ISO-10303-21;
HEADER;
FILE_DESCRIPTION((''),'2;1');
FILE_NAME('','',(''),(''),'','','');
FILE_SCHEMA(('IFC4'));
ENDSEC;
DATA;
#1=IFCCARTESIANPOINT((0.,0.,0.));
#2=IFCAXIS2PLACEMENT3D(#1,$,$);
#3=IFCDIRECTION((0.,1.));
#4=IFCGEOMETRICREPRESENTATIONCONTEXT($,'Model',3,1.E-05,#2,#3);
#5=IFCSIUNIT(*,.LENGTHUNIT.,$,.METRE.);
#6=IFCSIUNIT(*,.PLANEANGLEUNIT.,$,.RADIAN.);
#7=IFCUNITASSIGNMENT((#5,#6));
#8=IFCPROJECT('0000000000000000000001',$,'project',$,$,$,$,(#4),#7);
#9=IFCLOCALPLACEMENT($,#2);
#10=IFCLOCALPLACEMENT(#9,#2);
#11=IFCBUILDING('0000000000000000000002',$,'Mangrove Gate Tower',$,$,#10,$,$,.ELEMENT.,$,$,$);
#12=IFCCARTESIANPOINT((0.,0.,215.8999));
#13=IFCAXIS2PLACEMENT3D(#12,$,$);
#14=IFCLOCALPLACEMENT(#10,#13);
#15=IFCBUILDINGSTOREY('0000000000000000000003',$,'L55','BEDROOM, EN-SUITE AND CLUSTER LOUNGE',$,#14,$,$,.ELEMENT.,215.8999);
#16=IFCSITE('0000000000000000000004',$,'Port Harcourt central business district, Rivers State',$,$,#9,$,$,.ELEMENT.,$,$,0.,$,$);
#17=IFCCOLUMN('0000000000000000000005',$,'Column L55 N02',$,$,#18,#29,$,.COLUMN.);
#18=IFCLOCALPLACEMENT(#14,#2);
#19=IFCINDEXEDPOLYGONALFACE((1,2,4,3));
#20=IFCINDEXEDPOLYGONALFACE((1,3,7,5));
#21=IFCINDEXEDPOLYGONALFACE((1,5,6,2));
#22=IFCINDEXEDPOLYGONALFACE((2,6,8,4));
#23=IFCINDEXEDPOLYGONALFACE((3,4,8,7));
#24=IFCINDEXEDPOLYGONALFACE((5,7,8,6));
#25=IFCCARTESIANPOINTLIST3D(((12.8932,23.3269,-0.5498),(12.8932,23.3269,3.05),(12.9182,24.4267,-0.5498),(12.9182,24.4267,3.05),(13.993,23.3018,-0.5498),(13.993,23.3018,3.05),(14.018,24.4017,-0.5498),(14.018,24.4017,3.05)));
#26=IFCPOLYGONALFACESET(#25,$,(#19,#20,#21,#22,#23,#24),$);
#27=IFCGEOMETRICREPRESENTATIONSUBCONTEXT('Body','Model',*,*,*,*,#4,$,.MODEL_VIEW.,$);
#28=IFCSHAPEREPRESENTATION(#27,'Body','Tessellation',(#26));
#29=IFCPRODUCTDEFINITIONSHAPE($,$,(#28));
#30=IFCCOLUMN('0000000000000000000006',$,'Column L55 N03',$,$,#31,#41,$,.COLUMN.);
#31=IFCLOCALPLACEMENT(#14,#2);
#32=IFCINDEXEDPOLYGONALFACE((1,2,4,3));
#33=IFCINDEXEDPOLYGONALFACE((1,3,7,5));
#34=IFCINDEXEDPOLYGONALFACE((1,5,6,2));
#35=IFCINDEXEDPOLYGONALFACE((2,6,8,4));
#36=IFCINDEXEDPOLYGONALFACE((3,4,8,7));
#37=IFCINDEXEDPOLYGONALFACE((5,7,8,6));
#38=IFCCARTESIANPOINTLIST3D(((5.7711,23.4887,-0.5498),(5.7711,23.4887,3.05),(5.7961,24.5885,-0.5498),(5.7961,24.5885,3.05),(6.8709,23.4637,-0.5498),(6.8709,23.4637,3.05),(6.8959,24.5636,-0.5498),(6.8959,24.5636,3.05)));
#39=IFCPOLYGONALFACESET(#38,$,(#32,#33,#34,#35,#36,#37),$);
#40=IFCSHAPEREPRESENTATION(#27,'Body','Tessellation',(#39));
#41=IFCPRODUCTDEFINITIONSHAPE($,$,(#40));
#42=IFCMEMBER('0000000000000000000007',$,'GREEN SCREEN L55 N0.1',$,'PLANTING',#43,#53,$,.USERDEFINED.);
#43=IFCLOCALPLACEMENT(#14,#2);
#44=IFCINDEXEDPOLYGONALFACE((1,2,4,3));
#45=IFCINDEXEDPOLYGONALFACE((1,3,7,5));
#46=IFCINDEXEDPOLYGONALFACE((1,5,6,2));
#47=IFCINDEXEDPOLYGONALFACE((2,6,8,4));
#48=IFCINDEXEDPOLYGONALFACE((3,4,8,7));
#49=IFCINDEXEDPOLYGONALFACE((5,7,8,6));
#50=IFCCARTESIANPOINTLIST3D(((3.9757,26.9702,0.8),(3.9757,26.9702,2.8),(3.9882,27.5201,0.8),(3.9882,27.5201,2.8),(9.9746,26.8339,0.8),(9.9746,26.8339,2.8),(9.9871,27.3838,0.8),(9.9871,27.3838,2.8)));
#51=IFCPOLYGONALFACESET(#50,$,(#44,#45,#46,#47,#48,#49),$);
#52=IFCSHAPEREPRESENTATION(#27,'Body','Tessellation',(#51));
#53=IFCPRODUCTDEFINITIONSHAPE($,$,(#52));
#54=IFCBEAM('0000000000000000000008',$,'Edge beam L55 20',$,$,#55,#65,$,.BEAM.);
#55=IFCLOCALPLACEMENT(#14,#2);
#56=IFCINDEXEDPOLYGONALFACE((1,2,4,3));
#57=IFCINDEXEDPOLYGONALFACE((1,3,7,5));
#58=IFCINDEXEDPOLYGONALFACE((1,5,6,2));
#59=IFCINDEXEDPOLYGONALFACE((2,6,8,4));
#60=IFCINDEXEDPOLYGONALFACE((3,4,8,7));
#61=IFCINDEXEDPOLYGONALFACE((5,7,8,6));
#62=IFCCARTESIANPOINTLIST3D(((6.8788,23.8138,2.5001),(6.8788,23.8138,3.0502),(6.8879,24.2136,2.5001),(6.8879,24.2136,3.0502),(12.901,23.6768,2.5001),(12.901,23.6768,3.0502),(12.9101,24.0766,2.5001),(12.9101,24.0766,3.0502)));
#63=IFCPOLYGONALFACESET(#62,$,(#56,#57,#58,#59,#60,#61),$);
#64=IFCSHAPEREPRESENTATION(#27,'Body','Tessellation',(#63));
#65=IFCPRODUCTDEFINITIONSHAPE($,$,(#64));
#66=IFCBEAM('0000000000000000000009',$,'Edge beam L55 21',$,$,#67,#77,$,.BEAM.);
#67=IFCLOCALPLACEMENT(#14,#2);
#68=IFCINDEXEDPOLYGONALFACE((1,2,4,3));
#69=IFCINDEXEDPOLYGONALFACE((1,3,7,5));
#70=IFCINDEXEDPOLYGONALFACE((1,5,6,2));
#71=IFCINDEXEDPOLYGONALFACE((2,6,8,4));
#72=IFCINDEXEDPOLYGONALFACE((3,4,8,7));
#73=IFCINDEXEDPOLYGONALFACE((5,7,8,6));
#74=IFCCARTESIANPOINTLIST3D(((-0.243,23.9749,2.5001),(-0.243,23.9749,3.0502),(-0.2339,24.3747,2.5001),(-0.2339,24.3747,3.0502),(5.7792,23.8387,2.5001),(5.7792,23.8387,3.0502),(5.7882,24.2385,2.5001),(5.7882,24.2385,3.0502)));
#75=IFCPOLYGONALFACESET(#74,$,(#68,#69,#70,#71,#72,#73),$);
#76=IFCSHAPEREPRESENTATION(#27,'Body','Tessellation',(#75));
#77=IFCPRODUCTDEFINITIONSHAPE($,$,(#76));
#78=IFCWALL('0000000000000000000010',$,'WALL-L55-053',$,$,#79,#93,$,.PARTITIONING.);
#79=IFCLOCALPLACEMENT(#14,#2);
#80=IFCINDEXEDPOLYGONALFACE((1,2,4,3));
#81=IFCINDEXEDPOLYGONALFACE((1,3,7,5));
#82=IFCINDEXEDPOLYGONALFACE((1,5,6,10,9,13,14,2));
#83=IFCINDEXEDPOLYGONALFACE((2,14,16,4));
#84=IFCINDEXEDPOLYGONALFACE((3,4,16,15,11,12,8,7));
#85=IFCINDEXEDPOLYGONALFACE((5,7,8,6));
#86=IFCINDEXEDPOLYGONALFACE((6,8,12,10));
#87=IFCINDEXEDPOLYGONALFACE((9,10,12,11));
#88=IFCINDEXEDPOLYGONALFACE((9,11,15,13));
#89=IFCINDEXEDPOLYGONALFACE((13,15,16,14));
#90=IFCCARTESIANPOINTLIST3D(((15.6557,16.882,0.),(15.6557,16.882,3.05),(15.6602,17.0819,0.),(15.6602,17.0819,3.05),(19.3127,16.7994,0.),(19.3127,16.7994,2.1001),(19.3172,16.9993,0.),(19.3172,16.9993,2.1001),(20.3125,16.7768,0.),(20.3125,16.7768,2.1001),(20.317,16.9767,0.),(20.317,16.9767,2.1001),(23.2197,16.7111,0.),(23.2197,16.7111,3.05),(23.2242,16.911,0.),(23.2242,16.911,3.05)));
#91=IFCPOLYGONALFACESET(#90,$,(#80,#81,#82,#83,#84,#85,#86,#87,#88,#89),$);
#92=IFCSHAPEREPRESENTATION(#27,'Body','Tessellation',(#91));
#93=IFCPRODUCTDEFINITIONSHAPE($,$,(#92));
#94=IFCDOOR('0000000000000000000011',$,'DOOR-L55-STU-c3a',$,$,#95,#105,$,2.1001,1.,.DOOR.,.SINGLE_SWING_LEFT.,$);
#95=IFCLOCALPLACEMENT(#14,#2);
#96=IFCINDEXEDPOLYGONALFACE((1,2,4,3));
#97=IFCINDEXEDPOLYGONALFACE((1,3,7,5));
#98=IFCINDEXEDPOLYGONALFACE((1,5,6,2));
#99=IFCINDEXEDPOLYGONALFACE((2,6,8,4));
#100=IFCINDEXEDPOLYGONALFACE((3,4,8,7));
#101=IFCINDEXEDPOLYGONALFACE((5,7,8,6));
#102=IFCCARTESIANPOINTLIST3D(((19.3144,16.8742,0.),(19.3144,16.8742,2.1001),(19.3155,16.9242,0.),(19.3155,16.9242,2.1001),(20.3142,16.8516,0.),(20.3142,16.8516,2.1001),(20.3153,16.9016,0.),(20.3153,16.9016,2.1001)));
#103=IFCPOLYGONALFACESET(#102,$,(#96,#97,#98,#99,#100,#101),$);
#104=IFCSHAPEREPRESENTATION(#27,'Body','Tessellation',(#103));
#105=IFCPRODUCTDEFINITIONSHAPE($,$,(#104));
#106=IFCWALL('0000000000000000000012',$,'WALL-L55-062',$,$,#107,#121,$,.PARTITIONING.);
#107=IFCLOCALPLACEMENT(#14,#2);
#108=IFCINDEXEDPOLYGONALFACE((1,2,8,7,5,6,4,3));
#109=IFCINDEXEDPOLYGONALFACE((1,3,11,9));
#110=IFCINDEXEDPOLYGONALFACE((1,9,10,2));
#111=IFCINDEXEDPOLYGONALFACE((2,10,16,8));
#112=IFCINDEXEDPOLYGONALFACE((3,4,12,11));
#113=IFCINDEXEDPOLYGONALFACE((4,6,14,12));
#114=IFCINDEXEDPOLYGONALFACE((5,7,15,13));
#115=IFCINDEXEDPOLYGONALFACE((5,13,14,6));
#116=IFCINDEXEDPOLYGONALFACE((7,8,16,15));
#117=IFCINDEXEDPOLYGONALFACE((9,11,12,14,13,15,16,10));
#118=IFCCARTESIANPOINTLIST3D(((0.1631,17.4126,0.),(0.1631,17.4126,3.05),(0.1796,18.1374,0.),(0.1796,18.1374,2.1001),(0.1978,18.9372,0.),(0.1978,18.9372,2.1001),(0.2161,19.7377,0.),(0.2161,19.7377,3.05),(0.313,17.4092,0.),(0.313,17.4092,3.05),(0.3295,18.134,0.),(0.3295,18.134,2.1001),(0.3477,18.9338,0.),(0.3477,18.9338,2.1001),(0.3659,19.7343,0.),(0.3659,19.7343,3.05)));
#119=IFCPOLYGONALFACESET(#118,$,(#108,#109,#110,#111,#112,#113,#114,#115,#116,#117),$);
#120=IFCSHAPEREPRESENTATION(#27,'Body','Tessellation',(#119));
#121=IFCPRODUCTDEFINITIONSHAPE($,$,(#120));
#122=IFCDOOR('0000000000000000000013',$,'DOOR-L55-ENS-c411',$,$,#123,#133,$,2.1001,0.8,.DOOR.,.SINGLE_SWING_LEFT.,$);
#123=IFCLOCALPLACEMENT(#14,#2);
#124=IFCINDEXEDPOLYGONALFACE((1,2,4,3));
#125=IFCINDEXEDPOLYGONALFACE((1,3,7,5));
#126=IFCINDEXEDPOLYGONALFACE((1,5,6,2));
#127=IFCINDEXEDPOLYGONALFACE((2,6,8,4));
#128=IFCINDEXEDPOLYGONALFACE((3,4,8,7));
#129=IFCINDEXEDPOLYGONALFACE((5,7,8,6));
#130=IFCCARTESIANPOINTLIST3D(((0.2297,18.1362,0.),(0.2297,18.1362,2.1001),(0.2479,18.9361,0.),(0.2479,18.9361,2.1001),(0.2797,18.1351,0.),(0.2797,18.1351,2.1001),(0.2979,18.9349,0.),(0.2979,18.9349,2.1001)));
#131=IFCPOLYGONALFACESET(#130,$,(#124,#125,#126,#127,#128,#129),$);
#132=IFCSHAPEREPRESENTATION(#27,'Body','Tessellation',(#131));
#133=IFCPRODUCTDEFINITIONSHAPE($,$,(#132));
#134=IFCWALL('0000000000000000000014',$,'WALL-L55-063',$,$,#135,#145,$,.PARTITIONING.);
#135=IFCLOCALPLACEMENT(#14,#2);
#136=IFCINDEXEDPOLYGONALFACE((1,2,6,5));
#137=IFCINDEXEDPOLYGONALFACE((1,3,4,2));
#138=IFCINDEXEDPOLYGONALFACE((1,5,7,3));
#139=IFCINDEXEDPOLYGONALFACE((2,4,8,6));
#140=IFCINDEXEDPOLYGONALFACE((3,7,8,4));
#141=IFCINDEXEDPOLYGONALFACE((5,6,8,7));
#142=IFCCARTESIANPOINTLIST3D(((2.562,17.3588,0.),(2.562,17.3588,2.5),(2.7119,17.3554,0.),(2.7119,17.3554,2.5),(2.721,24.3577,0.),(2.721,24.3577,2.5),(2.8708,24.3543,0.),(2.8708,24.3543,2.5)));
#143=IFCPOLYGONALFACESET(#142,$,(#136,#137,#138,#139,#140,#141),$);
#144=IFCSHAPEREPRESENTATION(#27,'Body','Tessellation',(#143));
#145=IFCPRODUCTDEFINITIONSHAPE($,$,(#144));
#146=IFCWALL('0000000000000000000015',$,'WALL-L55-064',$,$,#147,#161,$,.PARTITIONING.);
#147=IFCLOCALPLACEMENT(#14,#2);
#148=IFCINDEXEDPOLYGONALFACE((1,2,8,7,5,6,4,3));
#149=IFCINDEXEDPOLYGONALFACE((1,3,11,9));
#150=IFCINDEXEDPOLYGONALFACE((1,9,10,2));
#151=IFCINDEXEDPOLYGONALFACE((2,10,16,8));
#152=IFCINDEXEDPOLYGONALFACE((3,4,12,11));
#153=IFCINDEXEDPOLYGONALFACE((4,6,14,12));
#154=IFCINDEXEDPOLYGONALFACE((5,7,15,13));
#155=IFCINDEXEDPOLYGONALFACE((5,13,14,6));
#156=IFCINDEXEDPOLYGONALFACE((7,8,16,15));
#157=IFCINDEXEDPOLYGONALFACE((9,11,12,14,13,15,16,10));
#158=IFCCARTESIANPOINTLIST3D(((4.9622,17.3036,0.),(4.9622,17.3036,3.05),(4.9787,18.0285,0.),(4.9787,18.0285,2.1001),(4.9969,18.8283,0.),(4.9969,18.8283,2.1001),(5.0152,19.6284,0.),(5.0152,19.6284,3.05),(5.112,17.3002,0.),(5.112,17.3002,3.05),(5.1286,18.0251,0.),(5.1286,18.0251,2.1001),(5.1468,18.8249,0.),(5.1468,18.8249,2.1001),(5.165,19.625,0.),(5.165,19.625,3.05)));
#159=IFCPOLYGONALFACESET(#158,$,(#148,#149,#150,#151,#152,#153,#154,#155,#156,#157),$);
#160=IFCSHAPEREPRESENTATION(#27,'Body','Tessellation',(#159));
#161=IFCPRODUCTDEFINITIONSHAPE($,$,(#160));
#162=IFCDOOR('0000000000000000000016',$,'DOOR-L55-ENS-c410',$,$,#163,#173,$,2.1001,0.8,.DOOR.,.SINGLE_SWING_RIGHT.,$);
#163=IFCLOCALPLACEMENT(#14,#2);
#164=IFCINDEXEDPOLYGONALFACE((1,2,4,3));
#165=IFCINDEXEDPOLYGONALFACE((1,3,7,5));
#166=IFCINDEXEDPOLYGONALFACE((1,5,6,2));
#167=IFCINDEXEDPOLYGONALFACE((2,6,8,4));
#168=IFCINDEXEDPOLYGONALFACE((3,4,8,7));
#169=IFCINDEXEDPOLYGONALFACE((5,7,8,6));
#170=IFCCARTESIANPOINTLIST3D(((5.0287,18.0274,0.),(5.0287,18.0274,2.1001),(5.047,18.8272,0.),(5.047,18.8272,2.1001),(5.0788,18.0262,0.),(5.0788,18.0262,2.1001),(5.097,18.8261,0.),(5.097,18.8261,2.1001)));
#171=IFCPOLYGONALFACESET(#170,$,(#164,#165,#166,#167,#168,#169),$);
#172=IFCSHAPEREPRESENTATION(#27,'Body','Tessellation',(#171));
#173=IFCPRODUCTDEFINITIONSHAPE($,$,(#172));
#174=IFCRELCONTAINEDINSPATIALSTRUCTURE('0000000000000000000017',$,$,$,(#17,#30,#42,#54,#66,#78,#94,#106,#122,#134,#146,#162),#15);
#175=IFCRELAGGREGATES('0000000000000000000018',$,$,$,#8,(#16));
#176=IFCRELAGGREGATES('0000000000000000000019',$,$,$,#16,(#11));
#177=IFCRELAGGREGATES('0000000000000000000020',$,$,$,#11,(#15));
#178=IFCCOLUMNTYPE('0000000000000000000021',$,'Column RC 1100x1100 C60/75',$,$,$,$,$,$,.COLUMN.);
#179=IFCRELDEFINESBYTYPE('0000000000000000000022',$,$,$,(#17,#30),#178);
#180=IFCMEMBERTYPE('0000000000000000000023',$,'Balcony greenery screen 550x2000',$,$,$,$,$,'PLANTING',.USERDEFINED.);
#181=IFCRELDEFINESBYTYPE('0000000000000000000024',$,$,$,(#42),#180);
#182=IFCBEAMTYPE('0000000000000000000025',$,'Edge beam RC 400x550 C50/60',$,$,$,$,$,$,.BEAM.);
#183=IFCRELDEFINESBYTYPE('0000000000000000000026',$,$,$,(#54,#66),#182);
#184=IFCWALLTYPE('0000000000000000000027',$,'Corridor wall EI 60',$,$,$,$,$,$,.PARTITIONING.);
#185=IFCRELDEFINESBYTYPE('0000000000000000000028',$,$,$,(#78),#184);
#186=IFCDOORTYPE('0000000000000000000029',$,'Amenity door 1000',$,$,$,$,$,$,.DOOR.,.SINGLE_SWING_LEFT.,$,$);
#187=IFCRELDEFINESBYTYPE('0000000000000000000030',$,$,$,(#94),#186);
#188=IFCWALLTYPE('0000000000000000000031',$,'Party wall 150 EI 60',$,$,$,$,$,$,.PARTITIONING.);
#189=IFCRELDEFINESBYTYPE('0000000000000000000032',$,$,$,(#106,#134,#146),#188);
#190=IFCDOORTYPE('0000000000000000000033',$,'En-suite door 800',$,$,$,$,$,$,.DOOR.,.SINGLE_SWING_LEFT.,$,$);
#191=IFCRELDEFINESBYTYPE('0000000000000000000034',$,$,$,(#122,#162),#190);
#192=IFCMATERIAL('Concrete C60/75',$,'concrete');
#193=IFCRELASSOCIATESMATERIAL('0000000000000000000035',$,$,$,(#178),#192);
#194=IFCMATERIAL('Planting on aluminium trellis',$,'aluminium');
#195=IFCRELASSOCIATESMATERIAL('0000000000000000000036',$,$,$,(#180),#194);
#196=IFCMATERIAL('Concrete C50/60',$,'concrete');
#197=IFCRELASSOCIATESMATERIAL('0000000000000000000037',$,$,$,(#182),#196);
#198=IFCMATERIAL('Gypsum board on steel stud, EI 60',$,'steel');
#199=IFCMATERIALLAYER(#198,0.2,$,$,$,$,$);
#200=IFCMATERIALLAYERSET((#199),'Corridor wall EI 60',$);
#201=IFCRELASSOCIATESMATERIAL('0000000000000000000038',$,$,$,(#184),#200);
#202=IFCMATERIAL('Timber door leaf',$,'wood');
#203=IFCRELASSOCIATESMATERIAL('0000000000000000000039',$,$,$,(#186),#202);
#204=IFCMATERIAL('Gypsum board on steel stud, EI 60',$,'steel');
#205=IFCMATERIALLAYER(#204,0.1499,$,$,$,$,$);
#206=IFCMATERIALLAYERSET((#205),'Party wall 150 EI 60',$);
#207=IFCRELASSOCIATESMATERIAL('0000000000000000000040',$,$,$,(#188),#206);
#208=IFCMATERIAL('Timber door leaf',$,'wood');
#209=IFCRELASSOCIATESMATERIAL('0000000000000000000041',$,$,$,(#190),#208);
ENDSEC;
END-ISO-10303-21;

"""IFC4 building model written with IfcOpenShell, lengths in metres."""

from ifc_helpers import new_model, si_unit, direction, frame, frame_2d, origin, origin_2d, place, context, subcontext, project, spatial, rectangle, extrude, material, layer, layer_set, material_profile, profile_set, type_object, element, fill, save


model = new_model("IFC4")

# Units and contexts
model_context = context("Model", 3, precision=1e-05, world=origin(), true_north=direction((0.0, 1.0)))
body_context = subcontext(model_context, "Body", "Model", "MODEL_VIEW")
ifc_project = project(units=[si_unit("LENGTHUNIT", "METRE"), si_unit("PLANEANGLEUNIT", "RADIAN")], contexts=[model_context])

# Site, building, storey
site_placement = place(None, origin())
site = spatial("IfcSite", under=ifc_project, at=site_placement, Name="Port Harcourt central business district, Rivers State", CompositionType="ELEMENT", RefElevation=0.0)
building_placement = place(site_placement, origin())
building = spatial("IfcBuilding", under=site, at=building_placement, Name="Mangrove Gate Tower", CompositionType="ELEMENT")
storey_placement = place(building_placement, frame((0.0, 0.0, 215.8999)))
storey = spatial("IfcBuildingStorey", under=building, at=storey_placement, Name="L55", Description="BEDROOM, EN-SUITE AND CLUSTER LOUNGE", CompositionType="ELEMENT", Elevation=215.8999)

# Columns
ifc_material_1 = material(Name="Concrete C60/75", Category="concrete")
ifc_material_profile_1 = material_profile(ifc_material_1, rectangle(XDim=1.1001, YDim=1.1001, at=origin_2d()))
ifc_profile_set_1 = profile_set([ifc_material_profile_1], Name="Concrete C60/75")
column_type = type_object("IfcColumnType", Name="Column RC 1100x1100 C60/75", PredefinedType="COLUMN", material=ifc_profile_set_1)
for number, where, z_axis, x_axis, name in (
    (1, (13.4556, 23.8643, -0.5498), (0.0, 0.0, 1.0), (-0.999741, 0.022741, 0.0), "Column L55 N02"),
    (2, (6.3335, 24.0261, -0.5498), (0.0, 0.0, 1.0), (-0.999743, 0.02267, 0.0), "Column L55 N03"),
):
    element("IfcColumn", number, at=place(storey_placement, frame(where, z_axis=z_axis, x_axis=x_axis)), inside=storey, type_object=column_type, Name=name, PredefinedType="COLUMN", context=body_context, shape_type="SweptSolid", body=[
        extrude(rectangle(XDim=1.1001, YDim=1.1001, at=origin_2d()), origin(), (0.0, 0.0, 1.0), 3.5999),
    ])

# Member
ifc_material_2 = material(Name="Planting on aluminium trellis", Category="aluminium")
ifc_material_profile_2 = material_profile(ifc_material_2, rectangle(XDim=0.55, YDim=2.0, at=origin_2d()))
ifc_profile_set_2 = profile_set([ifc_material_profile_2], Name="Planting on aluminium trellis")
member_type = type_object("IfcMemberType", Name="Balcony greenery screen 550x2000", ElementType="PLANTING", PredefinedType="USERDEFINED", material=ifc_profile_set_2)
member_placement = place(storey_placement, frame((3.9819, 27.2451, 1.8), z_axis=(0.999742, -0.022703, 0.0), x_axis=(0.022703, 0.999742, 0.0)))
element("IfcMember", 3, at=member_placement, inside=storey, type_object=member_type, Name="GREEN SCREEN L55 N0.1", ObjectType="PLANTING", PredefinedType="USERDEFINED", context=body_context, shape_type="SweptSolid", body=[
    extrude(rectangle(XDim=0.55, YDim=2.0, at=origin_2d()), origin(), (0.0, 0.0, 1.0), 6.0005),
])

# Beams
ifc_material_3 = material(Name="Concrete C50/60", Category="concrete")
ifc_material_profile_3 = material_profile(ifc_material_3, rectangle(XDim=0.3999, YDim=0.55, at=origin_2d()))
ifc_profile_set_3 = profile_set([ifc_material_profile_3], Name="Concrete C50/60")
beam_type = type_object("IfcBeamType", Name="Edge beam RC 400x550 C50/60", PredefinedType="BEAM", material=ifc_profile_set_3)
for number, where, z_axis, x_axis, name in (
    (4, (12.9055, 23.8767, 2.7751), (-0.999741, 0.022737, 0.0), (-0.022737, -0.999741, 0.0), "Edge beam L55 20"),
    (5, (5.7837, 24.0386, 2.7751), (-0.999744, 0.022616, 0.0), (-0.022616, -0.999744, 0.0), "Edge beam L55 21"),
):
    element("IfcBeam", number, at=place(storey_placement, frame(where, z_axis=z_axis, x_axis=x_axis)), inside=storey, type_object=beam_type, Name=name, PredefinedType="BEAM", context=body_context, shape_type="SweptSolid", body=[
        extrude(rectangle(XDim=0.3999, YDim=0.55, at=origin_2d()), origin(), (0.0, 0.0, 1.0), 6.0237),
    ])

# Walls, openings, doors
ifc_material_4 = material(Name="Gypsum board on steel stud, EI 60", Category="steel")
ifc_layer_1 = layer(ifc_material_4, 0.2)
ifc_layer_set_1 = layer_set([ifc_layer_1], Name="Corridor wall EI 60")
wall_type_1 = type_object("IfcWallType", Name="Corridor wall EI 60", PredefinedType="PARTITIONING", material=ifc_layer_set_1)
wall_1_placement = place(storey_placement, frame((15.658, 16.9819, 0.0), z_axis=(0.0, 0.0, 1.0), x_axis=(0.999745, -0.022588, 0.0)))
wall_1 = element("IfcWall", 6, at=wall_1_placement, inside=storey, type_object=wall_type_1, Name="WALL-L55-053", PredefinedType="PARTITIONING", context=body_context, shape_type="SweptSolid", body=[
    extrude(rectangle(XDim=7.5659, YDim=0.2, at=frame_2d((3.783, 0.0))), origin(), (0.0, 0.0, 1.0), 3.05),
])
opening_1_placement = place(wall_1_placement, frame((3.658, 0.0, 0.0)))
opening_1 = element("IfcOpeningElement", 7, at=opening_1_placement, cuts=wall_1, PredefinedType="OPENING", context=body_context, shape_type="SweptSolid", body=[
    extrude(rectangle(XDim=1.0, YDim=2.1001, at=frame_2d((0.5, 1.05))), frame((0.0, 0.1099, 0.0), z_axis=(0.0, -1.0, 0.0), x_axis=(1.0, 0.0, 0.0)), (0.0, 0.0, 1.0), 0.22),
])
ifc_material_5 = material(Name="Timber door leaf", Category="wood")
door_type_1 = type_object("IfcDoorType", Name="Amenity door 1000", OperationType="SINGLE_SWING_LEFT", PredefinedType="DOOR", material=ifc_material_5)
door_1_placement = place(opening_1_placement, origin())
door_1 = element("IfcDoor", 8, at=door_1_placement, inside=storey, type_object=door_type_1, Name="DOOR-L55-STU-c3a", OperationType="SINGLE_SWING_LEFT", OverallHeight=2.1001, OverallWidth=1.0, PredefinedType="DOOR", context=body_context, shape_type="SweptSolid", body=[
    extrude(rectangle(XDim=1.0, YDim=2.1001, at=frame_2d((0.5, 1.05))), frame((0.0, 0.0249, 0.0), z_axis=(0.0, -1.0, 0.0), x_axis=(1.0, 0.0, 0.0)), (0.0, 0.0, 1.0), 0.05),
])
fill(opening_1, door_1)
ifc_material_6 = material(Name="Gypsum board on steel stud, EI 60", Category="steel")
ifc_layer_2 = layer(ifc_material_6, 0.1499)
ifc_layer_set_2 = layer_set([ifc_layer_2], Name="Party wall 150 EI 60")
wall_type_2 = type_object("IfcWallType", Name="Party wall 150 EI 60", PredefinedType="PARTITIONING", material=ifc_layer_set_2)
wall_2_placement = place(storey_placement, frame((0.238, 17.4109, 0.0), z_axis=(0.0, 0.0, 1.0), x_axis=(0.022779, 0.999741, 0.0)))
wall_2 = element("IfcWall", 9, at=wall_2_placement, inside=storey, type_object=wall_type_2, Name="WALL-L55-062", PredefinedType="PARTITIONING", context=body_context, shape_type="SweptSolid", body=[
    extrude(rectangle(XDim=2.3257, YDim=0.1499, at=frame_2d((1.1628, 0.0))), origin(), (0.0, 0.0, 1.0), 3.05),
])
opening_2_placement = place(wall_2_placement, frame((0.7251, 0.0, 0.0)))
opening_2 = element("IfcOpeningElement", 10, at=opening_2_placement, cuts=wall_2, PredefinedType="OPENING", context=body_context, shape_type="SweptSolid", body=[
    extrude(rectangle(XDim=0.8, YDim=2.1001, at=frame_2d((0.3999, 1.05))), frame((0.0, 0.085, 0.0), z_axis=(0.0, -1.0, 0.0), x_axis=(1.0, 0.0, 0.0)), (0.0, 0.0, 1.0), 0.1699),
])
ifc_material_7 = material(Name="Timber door leaf", Category="wood")
door_type_2 = type_object("IfcDoorType", Name="En-suite door 800", OperationType="SINGLE_SWING_LEFT", PredefinedType="DOOR", material=ifc_material_7)
door_2_placement = place(opening_2_placement, origin())
door_2 = element("IfcDoor", 11, at=door_2_placement, inside=storey, type_object=door_type_2, Name="DOOR-L55-ENS-c411", OperationType="SINGLE_SWING_LEFT", OverallHeight=2.1001, OverallWidth=0.8, PredefinedType="DOOR", context=body_context, shape_type="SweptSolid", body=[
    extrude(rectangle(XDim=0.8, YDim=2.1001, at=frame_2d((0.3999, 1.05))), frame((0.0, 0.0249, 0.0), z_axis=(0.0, -1.0, 0.0), x_axis=(1.0, 0.0, 0.0)), (0.0, 0.0, 1.0), 0.05),
])
fill(opening_2, door_2)

# Wall
wall_3_placement = place(storey_placement, frame((2.637, 17.3569, 0.0), z_axis=(0.0, 0.0, 1.0), x_axis=(0.022702, 0.999742, 0.0)))
element("IfcWall", 12, at=wall_3_placement, inside=storey, type_object=wall_type_2, Name="WALL-L55-063", PredefinedType="PARTITIONING", context=body_context, shape_type="SweptSolid", body=[
    extrude(rectangle(XDim=7.0007, YDim=0.1499, at=frame_2d((3.5005, 0.0))), origin(), (0.0, 0.0, 1.0), 2.5),
])

# Wall, opening, door
wall_4_placement = place(storey_placement, frame((5.0371, 17.302, 0.0), z_axis=(0.0, 0.0, 1.0), x_axis=(0.022781, 0.99974, 0.0)))
wall_4 = element("IfcWall", 13, at=wall_4_placement, inside=storey, type_object=wall_type_2, Name="WALL-L55-064", PredefinedType="PARTITIONING", context=body_context, shape_type="SweptSolid", body=[
    extrude(rectangle(XDim=2.3254, YDim=0.1499, at=frame_2d((1.1626, 0.0))), origin(), (0.0, 0.0, 1.0), 3.05),
])
opening_3_placement = place(wall_4_placement, frame((0.7251, 0.0, 0.0)))
opening_3 = element("IfcOpeningElement", 14, at=opening_3_placement, cuts=wall_4, PredefinedType="OPENING", context=body_context, shape_type="SweptSolid", body=[
    extrude(rectangle(XDim=0.8, YDim=2.1001, at=frame_2d((0.3999, 1.05))), frame((0.0, 0.085, 0.0), z_axis=(0.0, -1.0, 0.0), x_axis=(1.0, 0.0, 0.0)), (0.0, 0.0, 1.0), 0.1699),
])
door_3_placement = place(opening_3_placement, origin())
door_3 = element("IfcDoor", 15, at=door_3_placement, inside=storey, type_object=door_type_2, Name="DOOR-L55-ENS-c410", OperationType="SINGLE_SWING_RIGHT", OverallHeight=2.1001, OverallWidth=0.8, PredefinedType="DOOR", context=body_context, shape_type="SweptSolid", body=[
    extrude(rectangle(XDim=0.8, YDim=2.1001, at=frame_2d((0.3999, 1.05))), frame((0.0, 0.0249, 0.0), z_axis=(0.0, -1.0, 0.0), x_axis=(1.0, 0.0, 0.0)), (0.0, 0.0, 1.0), 0.05),
])
fill(opening_3, door_3)

save(model, "model.ifc")
